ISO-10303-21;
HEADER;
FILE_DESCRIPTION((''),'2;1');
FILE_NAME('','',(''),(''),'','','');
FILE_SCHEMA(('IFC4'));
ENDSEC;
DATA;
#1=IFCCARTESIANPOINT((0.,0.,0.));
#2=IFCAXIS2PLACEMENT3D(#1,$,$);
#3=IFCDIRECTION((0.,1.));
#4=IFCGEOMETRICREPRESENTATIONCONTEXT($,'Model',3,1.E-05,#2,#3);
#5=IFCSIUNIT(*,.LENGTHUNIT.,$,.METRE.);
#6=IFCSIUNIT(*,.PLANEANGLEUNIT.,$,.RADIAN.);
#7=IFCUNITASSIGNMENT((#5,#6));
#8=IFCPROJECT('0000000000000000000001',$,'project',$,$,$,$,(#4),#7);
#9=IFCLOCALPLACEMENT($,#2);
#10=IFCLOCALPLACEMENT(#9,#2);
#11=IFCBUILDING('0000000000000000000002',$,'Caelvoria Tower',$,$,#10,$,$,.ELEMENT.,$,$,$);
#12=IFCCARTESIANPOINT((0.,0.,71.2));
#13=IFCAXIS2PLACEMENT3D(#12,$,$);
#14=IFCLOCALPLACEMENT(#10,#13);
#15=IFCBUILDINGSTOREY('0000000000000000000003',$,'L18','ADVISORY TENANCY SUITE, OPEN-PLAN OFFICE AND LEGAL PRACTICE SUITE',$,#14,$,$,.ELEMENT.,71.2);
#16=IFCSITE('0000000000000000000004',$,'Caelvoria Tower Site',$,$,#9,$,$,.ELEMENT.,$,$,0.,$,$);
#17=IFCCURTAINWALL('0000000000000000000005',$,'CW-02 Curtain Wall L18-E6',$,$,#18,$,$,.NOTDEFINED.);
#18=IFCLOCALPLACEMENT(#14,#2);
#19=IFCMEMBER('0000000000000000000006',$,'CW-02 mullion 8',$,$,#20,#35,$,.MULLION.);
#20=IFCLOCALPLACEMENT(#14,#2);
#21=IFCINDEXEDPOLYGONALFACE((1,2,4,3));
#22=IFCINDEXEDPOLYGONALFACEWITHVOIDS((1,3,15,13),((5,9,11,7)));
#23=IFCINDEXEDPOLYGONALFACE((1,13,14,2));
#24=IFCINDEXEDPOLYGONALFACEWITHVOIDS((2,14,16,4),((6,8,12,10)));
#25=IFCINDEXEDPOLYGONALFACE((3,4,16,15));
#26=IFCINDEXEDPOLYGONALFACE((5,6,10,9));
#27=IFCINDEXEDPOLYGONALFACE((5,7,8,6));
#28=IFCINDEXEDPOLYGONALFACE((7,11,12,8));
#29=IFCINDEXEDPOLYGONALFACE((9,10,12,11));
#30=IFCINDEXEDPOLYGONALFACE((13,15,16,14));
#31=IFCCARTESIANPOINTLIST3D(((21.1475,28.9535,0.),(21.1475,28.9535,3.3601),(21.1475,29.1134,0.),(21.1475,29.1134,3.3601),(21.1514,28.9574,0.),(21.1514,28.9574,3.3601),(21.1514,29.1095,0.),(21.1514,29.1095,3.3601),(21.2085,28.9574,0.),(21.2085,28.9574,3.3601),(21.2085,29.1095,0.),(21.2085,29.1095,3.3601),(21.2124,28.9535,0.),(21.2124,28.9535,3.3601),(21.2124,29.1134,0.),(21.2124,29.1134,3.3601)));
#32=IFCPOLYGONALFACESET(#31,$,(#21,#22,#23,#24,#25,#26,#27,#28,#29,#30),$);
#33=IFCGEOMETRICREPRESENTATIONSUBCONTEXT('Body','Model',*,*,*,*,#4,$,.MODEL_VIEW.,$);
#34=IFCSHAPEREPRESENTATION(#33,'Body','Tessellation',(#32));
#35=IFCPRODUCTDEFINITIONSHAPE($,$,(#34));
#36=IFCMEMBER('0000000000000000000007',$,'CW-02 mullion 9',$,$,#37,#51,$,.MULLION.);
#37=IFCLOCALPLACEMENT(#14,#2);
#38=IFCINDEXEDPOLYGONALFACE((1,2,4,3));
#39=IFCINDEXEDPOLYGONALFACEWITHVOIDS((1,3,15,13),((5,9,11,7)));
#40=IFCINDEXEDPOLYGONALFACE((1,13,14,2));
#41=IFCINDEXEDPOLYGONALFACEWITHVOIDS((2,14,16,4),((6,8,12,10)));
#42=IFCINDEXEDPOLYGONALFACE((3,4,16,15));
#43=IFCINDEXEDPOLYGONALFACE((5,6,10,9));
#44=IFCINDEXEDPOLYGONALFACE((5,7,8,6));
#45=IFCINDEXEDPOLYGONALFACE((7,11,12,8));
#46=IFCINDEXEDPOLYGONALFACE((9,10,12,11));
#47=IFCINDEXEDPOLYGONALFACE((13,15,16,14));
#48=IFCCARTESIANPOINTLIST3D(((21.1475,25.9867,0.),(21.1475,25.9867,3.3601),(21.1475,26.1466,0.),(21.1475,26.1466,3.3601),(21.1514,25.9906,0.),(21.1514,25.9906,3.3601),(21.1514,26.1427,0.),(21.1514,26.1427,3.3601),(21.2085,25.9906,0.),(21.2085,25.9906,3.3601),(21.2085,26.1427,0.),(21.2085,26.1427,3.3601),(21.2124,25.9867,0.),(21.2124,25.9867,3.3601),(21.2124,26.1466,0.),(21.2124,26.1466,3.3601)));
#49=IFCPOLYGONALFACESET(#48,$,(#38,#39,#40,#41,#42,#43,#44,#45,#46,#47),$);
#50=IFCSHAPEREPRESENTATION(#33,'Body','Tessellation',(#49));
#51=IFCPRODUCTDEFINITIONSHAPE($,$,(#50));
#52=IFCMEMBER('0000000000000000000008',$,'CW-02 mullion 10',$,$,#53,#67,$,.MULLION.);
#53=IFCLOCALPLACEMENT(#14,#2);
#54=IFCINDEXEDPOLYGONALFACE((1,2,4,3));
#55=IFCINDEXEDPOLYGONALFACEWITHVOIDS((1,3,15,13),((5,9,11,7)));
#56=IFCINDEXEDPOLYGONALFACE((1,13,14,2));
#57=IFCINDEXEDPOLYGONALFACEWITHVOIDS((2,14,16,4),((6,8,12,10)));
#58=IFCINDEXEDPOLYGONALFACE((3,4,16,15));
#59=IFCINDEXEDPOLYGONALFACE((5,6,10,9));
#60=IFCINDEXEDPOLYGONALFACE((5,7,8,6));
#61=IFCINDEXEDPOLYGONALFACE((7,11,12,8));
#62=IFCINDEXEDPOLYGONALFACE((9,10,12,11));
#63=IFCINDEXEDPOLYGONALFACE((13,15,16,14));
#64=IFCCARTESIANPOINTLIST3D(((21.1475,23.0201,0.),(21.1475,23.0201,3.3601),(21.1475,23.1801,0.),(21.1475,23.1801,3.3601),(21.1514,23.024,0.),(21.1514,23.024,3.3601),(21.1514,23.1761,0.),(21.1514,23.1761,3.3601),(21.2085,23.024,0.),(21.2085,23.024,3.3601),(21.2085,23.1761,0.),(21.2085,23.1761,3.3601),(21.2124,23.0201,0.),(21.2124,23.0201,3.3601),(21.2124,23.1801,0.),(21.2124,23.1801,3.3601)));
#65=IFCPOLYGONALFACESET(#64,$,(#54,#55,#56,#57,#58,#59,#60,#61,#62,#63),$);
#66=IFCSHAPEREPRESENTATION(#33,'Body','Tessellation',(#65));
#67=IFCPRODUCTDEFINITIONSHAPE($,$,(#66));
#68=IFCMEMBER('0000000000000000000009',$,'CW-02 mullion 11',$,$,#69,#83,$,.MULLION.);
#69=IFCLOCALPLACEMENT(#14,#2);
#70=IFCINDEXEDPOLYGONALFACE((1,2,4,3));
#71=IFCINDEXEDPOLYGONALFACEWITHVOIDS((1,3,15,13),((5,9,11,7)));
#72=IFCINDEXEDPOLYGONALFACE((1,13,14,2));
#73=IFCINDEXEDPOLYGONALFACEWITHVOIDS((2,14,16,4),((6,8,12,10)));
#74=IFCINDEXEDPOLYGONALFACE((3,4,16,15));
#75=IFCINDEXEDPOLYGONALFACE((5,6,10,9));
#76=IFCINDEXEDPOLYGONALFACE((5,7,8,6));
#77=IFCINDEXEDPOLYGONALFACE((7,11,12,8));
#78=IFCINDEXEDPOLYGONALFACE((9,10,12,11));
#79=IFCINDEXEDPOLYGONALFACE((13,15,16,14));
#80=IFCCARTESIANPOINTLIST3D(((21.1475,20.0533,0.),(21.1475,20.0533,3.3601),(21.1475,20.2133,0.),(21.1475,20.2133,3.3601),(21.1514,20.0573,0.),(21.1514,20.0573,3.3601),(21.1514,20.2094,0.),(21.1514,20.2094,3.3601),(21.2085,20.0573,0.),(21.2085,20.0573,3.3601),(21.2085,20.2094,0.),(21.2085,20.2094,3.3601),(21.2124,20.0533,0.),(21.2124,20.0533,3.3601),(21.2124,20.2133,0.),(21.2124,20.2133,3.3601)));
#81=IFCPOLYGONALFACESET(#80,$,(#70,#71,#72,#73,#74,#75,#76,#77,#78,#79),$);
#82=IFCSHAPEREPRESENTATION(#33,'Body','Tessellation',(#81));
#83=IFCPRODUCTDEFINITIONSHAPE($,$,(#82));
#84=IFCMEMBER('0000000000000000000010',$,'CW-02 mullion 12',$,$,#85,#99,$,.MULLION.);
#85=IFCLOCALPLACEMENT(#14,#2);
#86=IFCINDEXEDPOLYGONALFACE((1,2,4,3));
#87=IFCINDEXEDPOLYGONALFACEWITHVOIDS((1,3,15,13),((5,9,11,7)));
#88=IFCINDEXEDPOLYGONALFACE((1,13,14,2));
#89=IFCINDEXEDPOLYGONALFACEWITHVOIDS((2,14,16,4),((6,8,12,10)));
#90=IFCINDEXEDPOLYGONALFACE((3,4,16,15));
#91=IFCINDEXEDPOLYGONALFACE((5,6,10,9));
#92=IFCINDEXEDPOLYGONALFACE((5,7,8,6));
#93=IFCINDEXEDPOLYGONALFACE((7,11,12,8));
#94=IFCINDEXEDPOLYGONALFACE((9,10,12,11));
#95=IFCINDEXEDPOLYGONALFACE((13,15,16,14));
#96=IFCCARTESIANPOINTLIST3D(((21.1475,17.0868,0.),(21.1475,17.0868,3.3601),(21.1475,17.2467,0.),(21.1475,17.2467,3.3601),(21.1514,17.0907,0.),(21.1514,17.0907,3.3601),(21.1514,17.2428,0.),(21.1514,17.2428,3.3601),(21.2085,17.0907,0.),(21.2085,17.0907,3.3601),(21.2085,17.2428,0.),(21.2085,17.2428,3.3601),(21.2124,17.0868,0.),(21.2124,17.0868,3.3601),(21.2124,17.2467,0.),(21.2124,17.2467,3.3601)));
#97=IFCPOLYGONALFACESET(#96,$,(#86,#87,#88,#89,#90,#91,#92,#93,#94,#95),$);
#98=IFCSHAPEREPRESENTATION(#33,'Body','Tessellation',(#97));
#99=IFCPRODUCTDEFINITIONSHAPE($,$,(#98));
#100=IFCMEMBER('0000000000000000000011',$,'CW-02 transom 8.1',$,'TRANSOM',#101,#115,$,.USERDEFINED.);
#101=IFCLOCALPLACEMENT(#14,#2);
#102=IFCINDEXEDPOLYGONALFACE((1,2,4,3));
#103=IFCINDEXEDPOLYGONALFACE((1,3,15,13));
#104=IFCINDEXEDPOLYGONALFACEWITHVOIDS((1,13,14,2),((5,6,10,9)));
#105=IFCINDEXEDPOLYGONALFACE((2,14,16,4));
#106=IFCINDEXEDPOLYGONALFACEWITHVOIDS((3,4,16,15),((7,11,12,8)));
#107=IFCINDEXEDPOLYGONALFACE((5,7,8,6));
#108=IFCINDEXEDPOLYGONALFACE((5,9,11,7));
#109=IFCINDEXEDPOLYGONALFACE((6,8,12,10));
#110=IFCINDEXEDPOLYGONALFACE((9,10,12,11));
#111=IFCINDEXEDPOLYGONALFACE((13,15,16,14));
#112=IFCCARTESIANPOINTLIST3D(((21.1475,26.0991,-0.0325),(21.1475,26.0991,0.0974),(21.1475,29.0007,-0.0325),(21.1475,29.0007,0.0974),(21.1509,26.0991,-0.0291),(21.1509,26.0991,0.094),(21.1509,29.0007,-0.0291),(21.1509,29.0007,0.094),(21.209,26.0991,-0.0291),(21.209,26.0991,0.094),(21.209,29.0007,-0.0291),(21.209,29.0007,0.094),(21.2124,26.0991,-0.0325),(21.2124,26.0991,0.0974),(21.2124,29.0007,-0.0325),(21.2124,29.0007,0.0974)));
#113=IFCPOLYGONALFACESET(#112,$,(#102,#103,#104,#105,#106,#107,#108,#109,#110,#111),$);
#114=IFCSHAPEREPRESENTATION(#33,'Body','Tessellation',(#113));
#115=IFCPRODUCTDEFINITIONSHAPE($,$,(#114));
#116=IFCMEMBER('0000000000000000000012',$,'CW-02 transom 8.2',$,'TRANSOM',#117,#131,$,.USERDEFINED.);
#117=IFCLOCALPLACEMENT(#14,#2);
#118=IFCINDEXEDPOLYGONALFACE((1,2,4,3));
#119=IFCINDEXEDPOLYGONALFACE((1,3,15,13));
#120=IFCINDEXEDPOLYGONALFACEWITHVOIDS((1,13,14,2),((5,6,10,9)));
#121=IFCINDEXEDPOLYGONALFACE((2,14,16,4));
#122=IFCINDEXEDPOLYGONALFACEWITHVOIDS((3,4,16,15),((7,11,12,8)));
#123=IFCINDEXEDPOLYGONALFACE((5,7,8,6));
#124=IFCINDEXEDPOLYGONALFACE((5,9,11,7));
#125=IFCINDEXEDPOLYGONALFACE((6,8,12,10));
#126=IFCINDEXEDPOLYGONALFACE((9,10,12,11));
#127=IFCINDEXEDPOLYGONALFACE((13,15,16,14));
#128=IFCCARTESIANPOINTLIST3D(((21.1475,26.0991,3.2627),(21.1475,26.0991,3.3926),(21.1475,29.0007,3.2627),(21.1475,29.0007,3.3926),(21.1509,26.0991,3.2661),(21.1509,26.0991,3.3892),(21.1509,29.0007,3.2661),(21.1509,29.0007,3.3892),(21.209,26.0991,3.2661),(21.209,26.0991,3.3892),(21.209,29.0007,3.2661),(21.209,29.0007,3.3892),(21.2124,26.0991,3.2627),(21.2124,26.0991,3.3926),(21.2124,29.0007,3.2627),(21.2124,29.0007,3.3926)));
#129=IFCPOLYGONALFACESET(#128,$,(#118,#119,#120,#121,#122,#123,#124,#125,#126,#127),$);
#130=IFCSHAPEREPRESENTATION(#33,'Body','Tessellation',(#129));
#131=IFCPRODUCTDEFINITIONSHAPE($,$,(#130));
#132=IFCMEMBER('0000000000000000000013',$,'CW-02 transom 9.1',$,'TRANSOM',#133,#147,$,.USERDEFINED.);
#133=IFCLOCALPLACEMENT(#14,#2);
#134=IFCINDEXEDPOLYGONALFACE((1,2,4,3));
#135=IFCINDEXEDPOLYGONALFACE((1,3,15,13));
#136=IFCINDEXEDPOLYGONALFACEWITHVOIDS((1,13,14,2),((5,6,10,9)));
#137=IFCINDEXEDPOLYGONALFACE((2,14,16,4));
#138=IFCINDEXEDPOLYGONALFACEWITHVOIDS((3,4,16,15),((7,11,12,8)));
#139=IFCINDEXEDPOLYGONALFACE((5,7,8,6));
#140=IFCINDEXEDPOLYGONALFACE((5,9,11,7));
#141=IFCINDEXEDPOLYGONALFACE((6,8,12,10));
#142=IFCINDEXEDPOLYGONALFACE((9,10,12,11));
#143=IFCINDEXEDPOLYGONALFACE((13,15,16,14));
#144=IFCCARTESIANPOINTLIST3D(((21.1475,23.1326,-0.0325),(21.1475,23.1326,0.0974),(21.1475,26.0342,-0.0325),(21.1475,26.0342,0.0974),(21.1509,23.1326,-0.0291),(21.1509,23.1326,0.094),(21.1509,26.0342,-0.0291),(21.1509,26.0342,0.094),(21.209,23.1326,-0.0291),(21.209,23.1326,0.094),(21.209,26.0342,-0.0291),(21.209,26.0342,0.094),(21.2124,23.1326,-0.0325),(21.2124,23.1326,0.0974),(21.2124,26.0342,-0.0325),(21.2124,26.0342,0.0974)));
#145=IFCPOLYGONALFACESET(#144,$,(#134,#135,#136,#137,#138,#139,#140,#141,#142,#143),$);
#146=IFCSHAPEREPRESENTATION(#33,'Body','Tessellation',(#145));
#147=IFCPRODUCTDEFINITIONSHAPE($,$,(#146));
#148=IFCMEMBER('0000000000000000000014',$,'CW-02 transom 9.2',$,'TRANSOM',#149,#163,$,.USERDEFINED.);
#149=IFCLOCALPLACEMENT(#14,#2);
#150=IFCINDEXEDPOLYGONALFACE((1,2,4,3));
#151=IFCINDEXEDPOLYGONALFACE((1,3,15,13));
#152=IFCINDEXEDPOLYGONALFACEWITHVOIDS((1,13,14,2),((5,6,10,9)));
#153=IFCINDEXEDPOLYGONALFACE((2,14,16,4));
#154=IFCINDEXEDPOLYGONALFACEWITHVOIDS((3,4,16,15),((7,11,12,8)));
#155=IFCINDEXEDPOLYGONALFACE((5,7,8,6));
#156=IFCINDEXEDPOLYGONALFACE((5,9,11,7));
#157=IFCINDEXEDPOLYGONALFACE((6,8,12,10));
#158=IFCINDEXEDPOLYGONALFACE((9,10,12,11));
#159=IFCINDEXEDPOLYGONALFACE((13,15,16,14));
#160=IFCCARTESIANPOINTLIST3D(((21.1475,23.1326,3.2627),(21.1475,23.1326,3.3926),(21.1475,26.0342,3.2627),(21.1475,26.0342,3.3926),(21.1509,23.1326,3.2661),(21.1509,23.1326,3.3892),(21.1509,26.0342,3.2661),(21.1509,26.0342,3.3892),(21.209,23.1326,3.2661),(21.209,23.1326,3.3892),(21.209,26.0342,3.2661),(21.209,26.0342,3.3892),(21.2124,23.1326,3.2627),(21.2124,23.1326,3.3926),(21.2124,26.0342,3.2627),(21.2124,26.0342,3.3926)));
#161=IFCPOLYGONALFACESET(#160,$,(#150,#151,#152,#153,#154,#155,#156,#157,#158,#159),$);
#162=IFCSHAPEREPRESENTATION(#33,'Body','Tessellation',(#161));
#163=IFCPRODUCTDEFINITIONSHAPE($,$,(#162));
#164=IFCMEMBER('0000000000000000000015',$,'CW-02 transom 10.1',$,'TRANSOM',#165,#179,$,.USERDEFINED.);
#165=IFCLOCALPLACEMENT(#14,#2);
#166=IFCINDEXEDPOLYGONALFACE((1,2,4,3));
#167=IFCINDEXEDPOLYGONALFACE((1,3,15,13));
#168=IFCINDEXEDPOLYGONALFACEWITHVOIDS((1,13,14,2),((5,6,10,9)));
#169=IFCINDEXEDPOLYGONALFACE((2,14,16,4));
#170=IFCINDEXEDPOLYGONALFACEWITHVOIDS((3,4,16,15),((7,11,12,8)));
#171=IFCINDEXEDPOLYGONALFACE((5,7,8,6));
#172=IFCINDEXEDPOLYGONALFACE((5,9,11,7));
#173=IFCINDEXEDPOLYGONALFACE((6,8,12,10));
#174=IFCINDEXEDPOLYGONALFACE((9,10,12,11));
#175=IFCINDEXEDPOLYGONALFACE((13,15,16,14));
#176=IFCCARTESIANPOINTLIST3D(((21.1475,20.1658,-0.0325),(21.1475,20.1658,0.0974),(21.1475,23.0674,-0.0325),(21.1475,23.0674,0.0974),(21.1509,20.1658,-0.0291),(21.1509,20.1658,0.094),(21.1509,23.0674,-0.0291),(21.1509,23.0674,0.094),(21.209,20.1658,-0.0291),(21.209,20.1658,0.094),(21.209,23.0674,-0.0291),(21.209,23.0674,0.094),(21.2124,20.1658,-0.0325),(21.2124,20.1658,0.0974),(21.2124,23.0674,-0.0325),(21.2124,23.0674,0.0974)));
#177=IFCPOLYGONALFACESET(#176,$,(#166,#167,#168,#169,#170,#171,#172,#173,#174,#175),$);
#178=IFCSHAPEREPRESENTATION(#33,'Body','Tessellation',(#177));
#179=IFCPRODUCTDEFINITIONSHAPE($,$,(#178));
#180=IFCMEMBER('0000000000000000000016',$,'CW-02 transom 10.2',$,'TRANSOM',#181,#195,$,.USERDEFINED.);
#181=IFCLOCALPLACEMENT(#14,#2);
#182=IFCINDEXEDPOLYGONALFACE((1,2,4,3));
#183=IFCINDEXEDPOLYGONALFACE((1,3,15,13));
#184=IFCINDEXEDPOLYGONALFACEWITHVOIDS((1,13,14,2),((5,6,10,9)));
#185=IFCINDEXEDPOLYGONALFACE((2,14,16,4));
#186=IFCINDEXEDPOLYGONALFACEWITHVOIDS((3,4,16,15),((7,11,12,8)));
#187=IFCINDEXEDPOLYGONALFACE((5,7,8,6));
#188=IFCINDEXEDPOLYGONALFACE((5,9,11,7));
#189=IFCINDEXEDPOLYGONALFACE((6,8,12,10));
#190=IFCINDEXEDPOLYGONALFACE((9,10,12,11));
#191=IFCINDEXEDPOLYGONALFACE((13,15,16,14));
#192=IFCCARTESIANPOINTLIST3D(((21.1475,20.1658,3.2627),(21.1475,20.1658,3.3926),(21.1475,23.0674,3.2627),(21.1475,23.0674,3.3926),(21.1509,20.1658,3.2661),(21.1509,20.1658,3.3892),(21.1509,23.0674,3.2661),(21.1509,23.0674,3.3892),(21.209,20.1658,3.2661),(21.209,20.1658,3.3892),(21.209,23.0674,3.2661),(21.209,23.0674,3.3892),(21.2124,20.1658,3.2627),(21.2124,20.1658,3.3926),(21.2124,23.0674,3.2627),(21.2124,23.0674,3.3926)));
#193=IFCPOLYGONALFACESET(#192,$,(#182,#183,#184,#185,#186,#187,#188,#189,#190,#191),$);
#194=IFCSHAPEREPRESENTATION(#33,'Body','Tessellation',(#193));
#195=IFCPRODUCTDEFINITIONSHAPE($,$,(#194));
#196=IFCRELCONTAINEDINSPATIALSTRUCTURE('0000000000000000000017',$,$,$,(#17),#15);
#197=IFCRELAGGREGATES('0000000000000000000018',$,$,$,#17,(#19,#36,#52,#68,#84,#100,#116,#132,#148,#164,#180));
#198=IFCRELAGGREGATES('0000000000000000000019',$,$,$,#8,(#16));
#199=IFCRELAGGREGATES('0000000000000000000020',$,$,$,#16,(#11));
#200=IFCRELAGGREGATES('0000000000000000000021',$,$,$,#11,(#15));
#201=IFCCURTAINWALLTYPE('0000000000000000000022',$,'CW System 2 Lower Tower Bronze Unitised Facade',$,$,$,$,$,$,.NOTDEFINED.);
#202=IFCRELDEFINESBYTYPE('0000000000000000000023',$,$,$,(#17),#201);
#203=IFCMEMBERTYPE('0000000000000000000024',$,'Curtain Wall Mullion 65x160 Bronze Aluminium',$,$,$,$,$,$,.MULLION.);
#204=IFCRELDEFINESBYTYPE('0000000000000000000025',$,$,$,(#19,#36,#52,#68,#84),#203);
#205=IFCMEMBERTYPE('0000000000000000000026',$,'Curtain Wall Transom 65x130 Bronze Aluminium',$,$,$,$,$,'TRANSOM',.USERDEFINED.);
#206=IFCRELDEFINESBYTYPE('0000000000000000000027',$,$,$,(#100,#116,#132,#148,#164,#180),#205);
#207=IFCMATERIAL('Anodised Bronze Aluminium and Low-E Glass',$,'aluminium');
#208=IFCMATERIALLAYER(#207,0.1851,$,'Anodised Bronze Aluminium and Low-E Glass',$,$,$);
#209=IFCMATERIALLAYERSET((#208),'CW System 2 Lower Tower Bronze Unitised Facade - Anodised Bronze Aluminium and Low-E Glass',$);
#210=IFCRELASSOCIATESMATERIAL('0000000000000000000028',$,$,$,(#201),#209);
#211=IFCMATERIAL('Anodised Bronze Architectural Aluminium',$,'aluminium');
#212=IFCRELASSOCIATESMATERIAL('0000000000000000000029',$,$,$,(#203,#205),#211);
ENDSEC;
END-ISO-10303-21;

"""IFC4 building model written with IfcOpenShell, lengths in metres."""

from ifc_helpers import new_model, si_unit, direction, frame, origin, origin_2d, place, context, subcontext, project, spatial, hollow_rectangle, extrude, material, layer, layer_set, material_profile, profile_set, type_object, element, aggregate, save


model = new_model("IFC4")

# Units and contexts
model_context = context("Model", 3, precision=1e-05, world=origin(), true_north=direction((0.0, 1.0)))
body_context = subcontext(model_context, "Body", "Model", "MODEL_VIEW")
ifc_project = project(units=[si_unit("LENGTHUNIT", "METRE"), si_unit("PLANEANGLEUNIT", "RADIAN")], contexts=[model_context])

# Site, building, storey
site_placement = place(None, origin())
site = spatial("IfcSite", under=ifc_project, at=site_placement, Name="Caelvoria Tower Site", CompositionType="ELEMENT", RefElevation=0.0)
building_placement = place(site_placement, origin())
building = spatial("IfcBuilding", under=site, at=building_placement, Name="Caelvoria Tower", CompositionType="ELEMENT")
storey_placement = place(building_placement, frame((0.0, 0.0, 71.2)))
storey = spatial("IfcBuildingStorey", under=building, at=storey_placement, Name="L18", Description="ADVISORY TENANCY SUITE, OPEN-PLAN OFFICE AND LEGAL PRACTICE SUITE", CompositionType="ELEMENT", Elevation=71.2)

# Curtain wall, members
ifc_material_1 = material(Name="Anodised Bronze Aluminium and Low-E Glass", Category="aluminium")
ifc_layer_1 = layer(ifc_material_1, 0.1851, Name="Anodised Bronze Aluminium and Low-E Glass")
ifc_layer_set_1 = layer_set([ifc_layer_1], Name="CW System 2 Lower Tower Bronze Unitised Facade - Anodised Bronze Aluminium and Low-E Glass")
curtain_wall_type = type_object("IfcCurtainWallType", Name="CW System 2 Lower Tower Bronze Unitised Facade", PredefinedType="NOTDEFINED", material=ifc_layer_set_1)
curtain_wall_placement = place(storey_placement, origin())
curtain_wall = element("IfcCurtainWall", 1, at=curtain_wall_placement, inside=storey, type_object=curtain_wall_type, Name="CW-02 Curtain Wall L18-E6", PredefinedType="NOTDEFINED")
ifc_material_2 = material(Name="Anodised Bronze Architectural Aluminium", Category="aluminium")
ifc_material_profile_1 = material_profile(ifc_material_2, hollow_rectangle(XDim=0.0649, YDim=0.1599, WallThickness=0.0039, at=origin_2d()), Name="Anodised Bronze Architectural Aluminium")
ifc_profile_set_1 = profile_set([ifc_material_profile_1], Name="CW_MULL_65X160 - Anodised Bronze Architectural Aluminium")
member_type_1 = type_object("IfcMemberType", Name="Curtain Wall Mullion 65x160 Bronze Aluminium", PredefinedType="MULLION", material=ifc_profile_set_1)
member_1_placement = place(storey_placement, frame((21.1799, 29.0334, 0.0), z_axis=(0.0, 0.0, 1.0), x_axis=(1.0, 0.0, 0.0)))
member_1 = element("IfcMember", 2, at=member_1_placement, type_object=member_type_1, Name="CW-02 mullion 8", PredefinedType="MULLION", context=body_context, shape_type="SweptSolid", body=[
    extrude(hollow_rectangle(XDim=0.0649, YDim=0.1599, WallThickness=0.0039, at=origin_2d()), origin(), (0.0, 0.0, 1.0), 3.3601),
])
member_2_placement = place(storey_placement, frame((21.1799, 26.0667, 0.0), z_axis=(0.0, 0.0, 1.0), x_axis=(1.0, 0.0, 0.0)))
member_2 = element("IfcMember", 3, at=member_2_placement, type_object=member_type_1, Name="CW-02 mullion 9", PredefinedType="MULLION", context=body_context, shape_type="SweptSolid", body=[
    extrude(hollow_rectangle(XDim=0.0649, YDim=0.1599, WallThickness=0.0039, at=origin_2d()), origin(), (0.0, 0.0, 1.0), 3.3601),
])
member_3_placement = place(storey_placement, frame((21.1799, 23.1001, 0.0), z_axis=(0.0, 0.0, 1.0), x_axis=(1.0, 0.0, 0.0)))
member_3 = element("IfcMember", 4, at=member_3_placement, type_object=member_type_1, Name="CW-02 mullion 10", PredefinedType="MULLION", context=body_context, shape_type="SweptSolid", body=[
    extrude(hollow_rectangle(XDim=0.0649, YDim=0.1599, WallThickness=0.0039, at=origin_2d()), origin(), (0.0, 0.0, 1.0), 3.3601),
])
member_4_placement = place(storey_placement, frame((21.1799, 20.1333, 0.0), z_axis=(0.0, 0.0, 1.0), x_axis=(1.0, 0.0, 0.0)))
member_4 = element("IfcMember", 5, at=member_4_placement, type_object=member_type_1, Name="CW-02 mullion 11", PredefinedType="MULLION", context=body_context, shape_type="SweptSolid", body=[
    extrude(hollow_rectangle(XDim=0.0649, YDim=0.1599, WallThickness=0.0039, at=origin_2d()), origin(), (0.0, 0.0, 1.0), 3.3601),
])
member_5_placement = place(storey_placement, frame((21.1799, 17.1667, 0.0), z_axis=(0.0, 0.0, 1.0), x_axis=(1.0, 0.0, 0.0)))
member_5 = element("IfcMember", 6, at=member_5_placement, type_object=member_type_1, Name="CW-02 mullion 12", PredefinedType="MULLION", context=body_context, shape_type="SweptSolid", body=[
    extrude(hollow_rectangle(XDim=0.0649, YDim=0.1599, WallThickness=0.0039, at=origin_2d()), origin(), (0.0, 0.0, 1.0), 3.3601),
])
ifc_material_profile_2 = material_profile(ifc_material_2, hollow_rectangle(XDim=0.0649, YDim=0.1299, WallThickness=0.0034, at=origin_2d()), Name="Anodised Bronze Architectural Aluminium")
ifc_profile_set_2 = profile_set([ifc_material_profile_2], Name="CW_TRAN_65X130 - Anodised Bronze Architectural Aluminium")
member_type_2 = type_object("IfcMemberType", Name="Curtain Wall Transom 65x130 Bronze Aluminium", ElementType="TRANSOM", PredefinedType="USERDEFINED", material=ifc_profile_set_2)
member_6_placement = place(storey_placement, frame((21.1799, 29.0007, 0.0325), z_axis=(0.0, -1.0, 0.0), x_axis=(1.0, 0.0, 0.0)))
member_6 = element("IfcMember", 7, at=member_6_placement, type_object=member_type_2, Name="CW-02 transom 8.1", ObjectType="TRANSOM", PredefinedType="USERDEFINED", context=body_context, shape_type="SweptSolid", body=[
    extrude(hollow_rectangle(XDim=0.0649, YDim=0.1299, WallThickness=0.0034, at=origin_2d()), origin(), (0.0, 0.0, 1.0), 2.9016),
])
member_7_placement = place(storey_placement, frame((21.1799, 29.0007, 3.3276), z_axis=(0.0, -1.0, 0.0), x_axis=(1.0, 0.0, 0.0)))
member_7 = element("IfcMember", 8, at=member_7_placement, type_object=member_type_2, Name="CW-02 transom 8.2", ObjectType="TRANSOM", PredefinedType="USERDEFINED", context=body_context, shape_type="SweptSolid", body=[
    extrude(hollow_rectangle(XDim=0.0649, YDim=0.1299, WallThickness=0.0034, at=origin_2d()), origin(), (0.0, 0.0, 1.0), 2.9016),
])
member_8_placement = place(storey_placement, frame((21.1799, 26.0342, 0.0325), z_axis=(0.0, -1.0, 0.0), x_axis=(1.0, 0.0, 0.0)))
member_8 = element("IfcMember", 9, at=member_8_placement, type_object=member_type_2, Name="CW-02 transom 9.1", ObjectType="TRANSOM", PredefinedType="USERDEFINED", context=body_context, shape_type="SweptSolid", body=[
    extrude(hollow_rectangle(XDim=0.0649, YDim=0.1299, WallThickness=0.0034, at=origin_2d()), origin(), (0.0, 0.0, 1.0), 2.9016),
])
member_9_placement = place(storey_placement, frame((21.1799, 26.0342, 3.3276), z_axis=(0.0, -1.0, 0.0), x_axis=(1.0, 0.0, 0.0)))
member_9 = element("IfcMember", 10, at=member_9_placement, type_object=member_type_2, Name="CW-02 transom 9.2", ObjectType="TRANSOM", PredefinedType="USERDEFINED", context=body_context, shape_type="SweptSolid", body=[
    extrude(hollow_rectangle(XDim=0.0649, YDim=0.1299, WallThickness=0.0034, at=origin_2d()), origin(), (0.0, 0.0, 1.0), 2.9016),
])
member_10_placement = place(storey_placement, frame((21.1799, 23.0674, 0.0325), z_axis=(0.0, -1.0, 0.0), x_axis=(1.0, 0.0, 0.0)))
member_10 = element("IfcMember", 11, at=member_10_placement, type_object=member_type_2, Name="CW-02 transom 10.1", ObjectType="TRANSOM", PredefinedType="USERDEFINED", context=body_context, shape_type="SweptSolid", body=[
    extrude(hollow_rectangle(XDim=0.0649, YDim=0.1299, WallThickness=0.0034, at=origin_2d()), origin(), (0.0, 0.0, 1.0), 2.9016),
])
member_11_placement = place(storey_placement, frame((21.1799, 23.0674, 3.3276), z_axis=(0.0, -1.0, 0.0), x_axis=(1.0, 0.0, 0.0)))
member_11 = element("IfcMember", 12, at=member_11_placement, type_object=member_type_2, Name="CW-02 transom 10.2", ObjectType="TRANSOM", PredefinedType="USERDEFINED", context=body_context, shape_type="SweptSolid", body=[
    extrude(hollow_rectangle(XDim=0.0649, YDim=0.1299, WallThickness=0.0034, at=origin_2d()), origin(), (0.0, 0.0, 1.0), 2.9016),
])
aggregate(curtain_wall, [member_1, member_2, member_3, member_4, member_5, member_6, member_7, member_8, member_9, member_10, member_11])

save(model, "model.ifc")
